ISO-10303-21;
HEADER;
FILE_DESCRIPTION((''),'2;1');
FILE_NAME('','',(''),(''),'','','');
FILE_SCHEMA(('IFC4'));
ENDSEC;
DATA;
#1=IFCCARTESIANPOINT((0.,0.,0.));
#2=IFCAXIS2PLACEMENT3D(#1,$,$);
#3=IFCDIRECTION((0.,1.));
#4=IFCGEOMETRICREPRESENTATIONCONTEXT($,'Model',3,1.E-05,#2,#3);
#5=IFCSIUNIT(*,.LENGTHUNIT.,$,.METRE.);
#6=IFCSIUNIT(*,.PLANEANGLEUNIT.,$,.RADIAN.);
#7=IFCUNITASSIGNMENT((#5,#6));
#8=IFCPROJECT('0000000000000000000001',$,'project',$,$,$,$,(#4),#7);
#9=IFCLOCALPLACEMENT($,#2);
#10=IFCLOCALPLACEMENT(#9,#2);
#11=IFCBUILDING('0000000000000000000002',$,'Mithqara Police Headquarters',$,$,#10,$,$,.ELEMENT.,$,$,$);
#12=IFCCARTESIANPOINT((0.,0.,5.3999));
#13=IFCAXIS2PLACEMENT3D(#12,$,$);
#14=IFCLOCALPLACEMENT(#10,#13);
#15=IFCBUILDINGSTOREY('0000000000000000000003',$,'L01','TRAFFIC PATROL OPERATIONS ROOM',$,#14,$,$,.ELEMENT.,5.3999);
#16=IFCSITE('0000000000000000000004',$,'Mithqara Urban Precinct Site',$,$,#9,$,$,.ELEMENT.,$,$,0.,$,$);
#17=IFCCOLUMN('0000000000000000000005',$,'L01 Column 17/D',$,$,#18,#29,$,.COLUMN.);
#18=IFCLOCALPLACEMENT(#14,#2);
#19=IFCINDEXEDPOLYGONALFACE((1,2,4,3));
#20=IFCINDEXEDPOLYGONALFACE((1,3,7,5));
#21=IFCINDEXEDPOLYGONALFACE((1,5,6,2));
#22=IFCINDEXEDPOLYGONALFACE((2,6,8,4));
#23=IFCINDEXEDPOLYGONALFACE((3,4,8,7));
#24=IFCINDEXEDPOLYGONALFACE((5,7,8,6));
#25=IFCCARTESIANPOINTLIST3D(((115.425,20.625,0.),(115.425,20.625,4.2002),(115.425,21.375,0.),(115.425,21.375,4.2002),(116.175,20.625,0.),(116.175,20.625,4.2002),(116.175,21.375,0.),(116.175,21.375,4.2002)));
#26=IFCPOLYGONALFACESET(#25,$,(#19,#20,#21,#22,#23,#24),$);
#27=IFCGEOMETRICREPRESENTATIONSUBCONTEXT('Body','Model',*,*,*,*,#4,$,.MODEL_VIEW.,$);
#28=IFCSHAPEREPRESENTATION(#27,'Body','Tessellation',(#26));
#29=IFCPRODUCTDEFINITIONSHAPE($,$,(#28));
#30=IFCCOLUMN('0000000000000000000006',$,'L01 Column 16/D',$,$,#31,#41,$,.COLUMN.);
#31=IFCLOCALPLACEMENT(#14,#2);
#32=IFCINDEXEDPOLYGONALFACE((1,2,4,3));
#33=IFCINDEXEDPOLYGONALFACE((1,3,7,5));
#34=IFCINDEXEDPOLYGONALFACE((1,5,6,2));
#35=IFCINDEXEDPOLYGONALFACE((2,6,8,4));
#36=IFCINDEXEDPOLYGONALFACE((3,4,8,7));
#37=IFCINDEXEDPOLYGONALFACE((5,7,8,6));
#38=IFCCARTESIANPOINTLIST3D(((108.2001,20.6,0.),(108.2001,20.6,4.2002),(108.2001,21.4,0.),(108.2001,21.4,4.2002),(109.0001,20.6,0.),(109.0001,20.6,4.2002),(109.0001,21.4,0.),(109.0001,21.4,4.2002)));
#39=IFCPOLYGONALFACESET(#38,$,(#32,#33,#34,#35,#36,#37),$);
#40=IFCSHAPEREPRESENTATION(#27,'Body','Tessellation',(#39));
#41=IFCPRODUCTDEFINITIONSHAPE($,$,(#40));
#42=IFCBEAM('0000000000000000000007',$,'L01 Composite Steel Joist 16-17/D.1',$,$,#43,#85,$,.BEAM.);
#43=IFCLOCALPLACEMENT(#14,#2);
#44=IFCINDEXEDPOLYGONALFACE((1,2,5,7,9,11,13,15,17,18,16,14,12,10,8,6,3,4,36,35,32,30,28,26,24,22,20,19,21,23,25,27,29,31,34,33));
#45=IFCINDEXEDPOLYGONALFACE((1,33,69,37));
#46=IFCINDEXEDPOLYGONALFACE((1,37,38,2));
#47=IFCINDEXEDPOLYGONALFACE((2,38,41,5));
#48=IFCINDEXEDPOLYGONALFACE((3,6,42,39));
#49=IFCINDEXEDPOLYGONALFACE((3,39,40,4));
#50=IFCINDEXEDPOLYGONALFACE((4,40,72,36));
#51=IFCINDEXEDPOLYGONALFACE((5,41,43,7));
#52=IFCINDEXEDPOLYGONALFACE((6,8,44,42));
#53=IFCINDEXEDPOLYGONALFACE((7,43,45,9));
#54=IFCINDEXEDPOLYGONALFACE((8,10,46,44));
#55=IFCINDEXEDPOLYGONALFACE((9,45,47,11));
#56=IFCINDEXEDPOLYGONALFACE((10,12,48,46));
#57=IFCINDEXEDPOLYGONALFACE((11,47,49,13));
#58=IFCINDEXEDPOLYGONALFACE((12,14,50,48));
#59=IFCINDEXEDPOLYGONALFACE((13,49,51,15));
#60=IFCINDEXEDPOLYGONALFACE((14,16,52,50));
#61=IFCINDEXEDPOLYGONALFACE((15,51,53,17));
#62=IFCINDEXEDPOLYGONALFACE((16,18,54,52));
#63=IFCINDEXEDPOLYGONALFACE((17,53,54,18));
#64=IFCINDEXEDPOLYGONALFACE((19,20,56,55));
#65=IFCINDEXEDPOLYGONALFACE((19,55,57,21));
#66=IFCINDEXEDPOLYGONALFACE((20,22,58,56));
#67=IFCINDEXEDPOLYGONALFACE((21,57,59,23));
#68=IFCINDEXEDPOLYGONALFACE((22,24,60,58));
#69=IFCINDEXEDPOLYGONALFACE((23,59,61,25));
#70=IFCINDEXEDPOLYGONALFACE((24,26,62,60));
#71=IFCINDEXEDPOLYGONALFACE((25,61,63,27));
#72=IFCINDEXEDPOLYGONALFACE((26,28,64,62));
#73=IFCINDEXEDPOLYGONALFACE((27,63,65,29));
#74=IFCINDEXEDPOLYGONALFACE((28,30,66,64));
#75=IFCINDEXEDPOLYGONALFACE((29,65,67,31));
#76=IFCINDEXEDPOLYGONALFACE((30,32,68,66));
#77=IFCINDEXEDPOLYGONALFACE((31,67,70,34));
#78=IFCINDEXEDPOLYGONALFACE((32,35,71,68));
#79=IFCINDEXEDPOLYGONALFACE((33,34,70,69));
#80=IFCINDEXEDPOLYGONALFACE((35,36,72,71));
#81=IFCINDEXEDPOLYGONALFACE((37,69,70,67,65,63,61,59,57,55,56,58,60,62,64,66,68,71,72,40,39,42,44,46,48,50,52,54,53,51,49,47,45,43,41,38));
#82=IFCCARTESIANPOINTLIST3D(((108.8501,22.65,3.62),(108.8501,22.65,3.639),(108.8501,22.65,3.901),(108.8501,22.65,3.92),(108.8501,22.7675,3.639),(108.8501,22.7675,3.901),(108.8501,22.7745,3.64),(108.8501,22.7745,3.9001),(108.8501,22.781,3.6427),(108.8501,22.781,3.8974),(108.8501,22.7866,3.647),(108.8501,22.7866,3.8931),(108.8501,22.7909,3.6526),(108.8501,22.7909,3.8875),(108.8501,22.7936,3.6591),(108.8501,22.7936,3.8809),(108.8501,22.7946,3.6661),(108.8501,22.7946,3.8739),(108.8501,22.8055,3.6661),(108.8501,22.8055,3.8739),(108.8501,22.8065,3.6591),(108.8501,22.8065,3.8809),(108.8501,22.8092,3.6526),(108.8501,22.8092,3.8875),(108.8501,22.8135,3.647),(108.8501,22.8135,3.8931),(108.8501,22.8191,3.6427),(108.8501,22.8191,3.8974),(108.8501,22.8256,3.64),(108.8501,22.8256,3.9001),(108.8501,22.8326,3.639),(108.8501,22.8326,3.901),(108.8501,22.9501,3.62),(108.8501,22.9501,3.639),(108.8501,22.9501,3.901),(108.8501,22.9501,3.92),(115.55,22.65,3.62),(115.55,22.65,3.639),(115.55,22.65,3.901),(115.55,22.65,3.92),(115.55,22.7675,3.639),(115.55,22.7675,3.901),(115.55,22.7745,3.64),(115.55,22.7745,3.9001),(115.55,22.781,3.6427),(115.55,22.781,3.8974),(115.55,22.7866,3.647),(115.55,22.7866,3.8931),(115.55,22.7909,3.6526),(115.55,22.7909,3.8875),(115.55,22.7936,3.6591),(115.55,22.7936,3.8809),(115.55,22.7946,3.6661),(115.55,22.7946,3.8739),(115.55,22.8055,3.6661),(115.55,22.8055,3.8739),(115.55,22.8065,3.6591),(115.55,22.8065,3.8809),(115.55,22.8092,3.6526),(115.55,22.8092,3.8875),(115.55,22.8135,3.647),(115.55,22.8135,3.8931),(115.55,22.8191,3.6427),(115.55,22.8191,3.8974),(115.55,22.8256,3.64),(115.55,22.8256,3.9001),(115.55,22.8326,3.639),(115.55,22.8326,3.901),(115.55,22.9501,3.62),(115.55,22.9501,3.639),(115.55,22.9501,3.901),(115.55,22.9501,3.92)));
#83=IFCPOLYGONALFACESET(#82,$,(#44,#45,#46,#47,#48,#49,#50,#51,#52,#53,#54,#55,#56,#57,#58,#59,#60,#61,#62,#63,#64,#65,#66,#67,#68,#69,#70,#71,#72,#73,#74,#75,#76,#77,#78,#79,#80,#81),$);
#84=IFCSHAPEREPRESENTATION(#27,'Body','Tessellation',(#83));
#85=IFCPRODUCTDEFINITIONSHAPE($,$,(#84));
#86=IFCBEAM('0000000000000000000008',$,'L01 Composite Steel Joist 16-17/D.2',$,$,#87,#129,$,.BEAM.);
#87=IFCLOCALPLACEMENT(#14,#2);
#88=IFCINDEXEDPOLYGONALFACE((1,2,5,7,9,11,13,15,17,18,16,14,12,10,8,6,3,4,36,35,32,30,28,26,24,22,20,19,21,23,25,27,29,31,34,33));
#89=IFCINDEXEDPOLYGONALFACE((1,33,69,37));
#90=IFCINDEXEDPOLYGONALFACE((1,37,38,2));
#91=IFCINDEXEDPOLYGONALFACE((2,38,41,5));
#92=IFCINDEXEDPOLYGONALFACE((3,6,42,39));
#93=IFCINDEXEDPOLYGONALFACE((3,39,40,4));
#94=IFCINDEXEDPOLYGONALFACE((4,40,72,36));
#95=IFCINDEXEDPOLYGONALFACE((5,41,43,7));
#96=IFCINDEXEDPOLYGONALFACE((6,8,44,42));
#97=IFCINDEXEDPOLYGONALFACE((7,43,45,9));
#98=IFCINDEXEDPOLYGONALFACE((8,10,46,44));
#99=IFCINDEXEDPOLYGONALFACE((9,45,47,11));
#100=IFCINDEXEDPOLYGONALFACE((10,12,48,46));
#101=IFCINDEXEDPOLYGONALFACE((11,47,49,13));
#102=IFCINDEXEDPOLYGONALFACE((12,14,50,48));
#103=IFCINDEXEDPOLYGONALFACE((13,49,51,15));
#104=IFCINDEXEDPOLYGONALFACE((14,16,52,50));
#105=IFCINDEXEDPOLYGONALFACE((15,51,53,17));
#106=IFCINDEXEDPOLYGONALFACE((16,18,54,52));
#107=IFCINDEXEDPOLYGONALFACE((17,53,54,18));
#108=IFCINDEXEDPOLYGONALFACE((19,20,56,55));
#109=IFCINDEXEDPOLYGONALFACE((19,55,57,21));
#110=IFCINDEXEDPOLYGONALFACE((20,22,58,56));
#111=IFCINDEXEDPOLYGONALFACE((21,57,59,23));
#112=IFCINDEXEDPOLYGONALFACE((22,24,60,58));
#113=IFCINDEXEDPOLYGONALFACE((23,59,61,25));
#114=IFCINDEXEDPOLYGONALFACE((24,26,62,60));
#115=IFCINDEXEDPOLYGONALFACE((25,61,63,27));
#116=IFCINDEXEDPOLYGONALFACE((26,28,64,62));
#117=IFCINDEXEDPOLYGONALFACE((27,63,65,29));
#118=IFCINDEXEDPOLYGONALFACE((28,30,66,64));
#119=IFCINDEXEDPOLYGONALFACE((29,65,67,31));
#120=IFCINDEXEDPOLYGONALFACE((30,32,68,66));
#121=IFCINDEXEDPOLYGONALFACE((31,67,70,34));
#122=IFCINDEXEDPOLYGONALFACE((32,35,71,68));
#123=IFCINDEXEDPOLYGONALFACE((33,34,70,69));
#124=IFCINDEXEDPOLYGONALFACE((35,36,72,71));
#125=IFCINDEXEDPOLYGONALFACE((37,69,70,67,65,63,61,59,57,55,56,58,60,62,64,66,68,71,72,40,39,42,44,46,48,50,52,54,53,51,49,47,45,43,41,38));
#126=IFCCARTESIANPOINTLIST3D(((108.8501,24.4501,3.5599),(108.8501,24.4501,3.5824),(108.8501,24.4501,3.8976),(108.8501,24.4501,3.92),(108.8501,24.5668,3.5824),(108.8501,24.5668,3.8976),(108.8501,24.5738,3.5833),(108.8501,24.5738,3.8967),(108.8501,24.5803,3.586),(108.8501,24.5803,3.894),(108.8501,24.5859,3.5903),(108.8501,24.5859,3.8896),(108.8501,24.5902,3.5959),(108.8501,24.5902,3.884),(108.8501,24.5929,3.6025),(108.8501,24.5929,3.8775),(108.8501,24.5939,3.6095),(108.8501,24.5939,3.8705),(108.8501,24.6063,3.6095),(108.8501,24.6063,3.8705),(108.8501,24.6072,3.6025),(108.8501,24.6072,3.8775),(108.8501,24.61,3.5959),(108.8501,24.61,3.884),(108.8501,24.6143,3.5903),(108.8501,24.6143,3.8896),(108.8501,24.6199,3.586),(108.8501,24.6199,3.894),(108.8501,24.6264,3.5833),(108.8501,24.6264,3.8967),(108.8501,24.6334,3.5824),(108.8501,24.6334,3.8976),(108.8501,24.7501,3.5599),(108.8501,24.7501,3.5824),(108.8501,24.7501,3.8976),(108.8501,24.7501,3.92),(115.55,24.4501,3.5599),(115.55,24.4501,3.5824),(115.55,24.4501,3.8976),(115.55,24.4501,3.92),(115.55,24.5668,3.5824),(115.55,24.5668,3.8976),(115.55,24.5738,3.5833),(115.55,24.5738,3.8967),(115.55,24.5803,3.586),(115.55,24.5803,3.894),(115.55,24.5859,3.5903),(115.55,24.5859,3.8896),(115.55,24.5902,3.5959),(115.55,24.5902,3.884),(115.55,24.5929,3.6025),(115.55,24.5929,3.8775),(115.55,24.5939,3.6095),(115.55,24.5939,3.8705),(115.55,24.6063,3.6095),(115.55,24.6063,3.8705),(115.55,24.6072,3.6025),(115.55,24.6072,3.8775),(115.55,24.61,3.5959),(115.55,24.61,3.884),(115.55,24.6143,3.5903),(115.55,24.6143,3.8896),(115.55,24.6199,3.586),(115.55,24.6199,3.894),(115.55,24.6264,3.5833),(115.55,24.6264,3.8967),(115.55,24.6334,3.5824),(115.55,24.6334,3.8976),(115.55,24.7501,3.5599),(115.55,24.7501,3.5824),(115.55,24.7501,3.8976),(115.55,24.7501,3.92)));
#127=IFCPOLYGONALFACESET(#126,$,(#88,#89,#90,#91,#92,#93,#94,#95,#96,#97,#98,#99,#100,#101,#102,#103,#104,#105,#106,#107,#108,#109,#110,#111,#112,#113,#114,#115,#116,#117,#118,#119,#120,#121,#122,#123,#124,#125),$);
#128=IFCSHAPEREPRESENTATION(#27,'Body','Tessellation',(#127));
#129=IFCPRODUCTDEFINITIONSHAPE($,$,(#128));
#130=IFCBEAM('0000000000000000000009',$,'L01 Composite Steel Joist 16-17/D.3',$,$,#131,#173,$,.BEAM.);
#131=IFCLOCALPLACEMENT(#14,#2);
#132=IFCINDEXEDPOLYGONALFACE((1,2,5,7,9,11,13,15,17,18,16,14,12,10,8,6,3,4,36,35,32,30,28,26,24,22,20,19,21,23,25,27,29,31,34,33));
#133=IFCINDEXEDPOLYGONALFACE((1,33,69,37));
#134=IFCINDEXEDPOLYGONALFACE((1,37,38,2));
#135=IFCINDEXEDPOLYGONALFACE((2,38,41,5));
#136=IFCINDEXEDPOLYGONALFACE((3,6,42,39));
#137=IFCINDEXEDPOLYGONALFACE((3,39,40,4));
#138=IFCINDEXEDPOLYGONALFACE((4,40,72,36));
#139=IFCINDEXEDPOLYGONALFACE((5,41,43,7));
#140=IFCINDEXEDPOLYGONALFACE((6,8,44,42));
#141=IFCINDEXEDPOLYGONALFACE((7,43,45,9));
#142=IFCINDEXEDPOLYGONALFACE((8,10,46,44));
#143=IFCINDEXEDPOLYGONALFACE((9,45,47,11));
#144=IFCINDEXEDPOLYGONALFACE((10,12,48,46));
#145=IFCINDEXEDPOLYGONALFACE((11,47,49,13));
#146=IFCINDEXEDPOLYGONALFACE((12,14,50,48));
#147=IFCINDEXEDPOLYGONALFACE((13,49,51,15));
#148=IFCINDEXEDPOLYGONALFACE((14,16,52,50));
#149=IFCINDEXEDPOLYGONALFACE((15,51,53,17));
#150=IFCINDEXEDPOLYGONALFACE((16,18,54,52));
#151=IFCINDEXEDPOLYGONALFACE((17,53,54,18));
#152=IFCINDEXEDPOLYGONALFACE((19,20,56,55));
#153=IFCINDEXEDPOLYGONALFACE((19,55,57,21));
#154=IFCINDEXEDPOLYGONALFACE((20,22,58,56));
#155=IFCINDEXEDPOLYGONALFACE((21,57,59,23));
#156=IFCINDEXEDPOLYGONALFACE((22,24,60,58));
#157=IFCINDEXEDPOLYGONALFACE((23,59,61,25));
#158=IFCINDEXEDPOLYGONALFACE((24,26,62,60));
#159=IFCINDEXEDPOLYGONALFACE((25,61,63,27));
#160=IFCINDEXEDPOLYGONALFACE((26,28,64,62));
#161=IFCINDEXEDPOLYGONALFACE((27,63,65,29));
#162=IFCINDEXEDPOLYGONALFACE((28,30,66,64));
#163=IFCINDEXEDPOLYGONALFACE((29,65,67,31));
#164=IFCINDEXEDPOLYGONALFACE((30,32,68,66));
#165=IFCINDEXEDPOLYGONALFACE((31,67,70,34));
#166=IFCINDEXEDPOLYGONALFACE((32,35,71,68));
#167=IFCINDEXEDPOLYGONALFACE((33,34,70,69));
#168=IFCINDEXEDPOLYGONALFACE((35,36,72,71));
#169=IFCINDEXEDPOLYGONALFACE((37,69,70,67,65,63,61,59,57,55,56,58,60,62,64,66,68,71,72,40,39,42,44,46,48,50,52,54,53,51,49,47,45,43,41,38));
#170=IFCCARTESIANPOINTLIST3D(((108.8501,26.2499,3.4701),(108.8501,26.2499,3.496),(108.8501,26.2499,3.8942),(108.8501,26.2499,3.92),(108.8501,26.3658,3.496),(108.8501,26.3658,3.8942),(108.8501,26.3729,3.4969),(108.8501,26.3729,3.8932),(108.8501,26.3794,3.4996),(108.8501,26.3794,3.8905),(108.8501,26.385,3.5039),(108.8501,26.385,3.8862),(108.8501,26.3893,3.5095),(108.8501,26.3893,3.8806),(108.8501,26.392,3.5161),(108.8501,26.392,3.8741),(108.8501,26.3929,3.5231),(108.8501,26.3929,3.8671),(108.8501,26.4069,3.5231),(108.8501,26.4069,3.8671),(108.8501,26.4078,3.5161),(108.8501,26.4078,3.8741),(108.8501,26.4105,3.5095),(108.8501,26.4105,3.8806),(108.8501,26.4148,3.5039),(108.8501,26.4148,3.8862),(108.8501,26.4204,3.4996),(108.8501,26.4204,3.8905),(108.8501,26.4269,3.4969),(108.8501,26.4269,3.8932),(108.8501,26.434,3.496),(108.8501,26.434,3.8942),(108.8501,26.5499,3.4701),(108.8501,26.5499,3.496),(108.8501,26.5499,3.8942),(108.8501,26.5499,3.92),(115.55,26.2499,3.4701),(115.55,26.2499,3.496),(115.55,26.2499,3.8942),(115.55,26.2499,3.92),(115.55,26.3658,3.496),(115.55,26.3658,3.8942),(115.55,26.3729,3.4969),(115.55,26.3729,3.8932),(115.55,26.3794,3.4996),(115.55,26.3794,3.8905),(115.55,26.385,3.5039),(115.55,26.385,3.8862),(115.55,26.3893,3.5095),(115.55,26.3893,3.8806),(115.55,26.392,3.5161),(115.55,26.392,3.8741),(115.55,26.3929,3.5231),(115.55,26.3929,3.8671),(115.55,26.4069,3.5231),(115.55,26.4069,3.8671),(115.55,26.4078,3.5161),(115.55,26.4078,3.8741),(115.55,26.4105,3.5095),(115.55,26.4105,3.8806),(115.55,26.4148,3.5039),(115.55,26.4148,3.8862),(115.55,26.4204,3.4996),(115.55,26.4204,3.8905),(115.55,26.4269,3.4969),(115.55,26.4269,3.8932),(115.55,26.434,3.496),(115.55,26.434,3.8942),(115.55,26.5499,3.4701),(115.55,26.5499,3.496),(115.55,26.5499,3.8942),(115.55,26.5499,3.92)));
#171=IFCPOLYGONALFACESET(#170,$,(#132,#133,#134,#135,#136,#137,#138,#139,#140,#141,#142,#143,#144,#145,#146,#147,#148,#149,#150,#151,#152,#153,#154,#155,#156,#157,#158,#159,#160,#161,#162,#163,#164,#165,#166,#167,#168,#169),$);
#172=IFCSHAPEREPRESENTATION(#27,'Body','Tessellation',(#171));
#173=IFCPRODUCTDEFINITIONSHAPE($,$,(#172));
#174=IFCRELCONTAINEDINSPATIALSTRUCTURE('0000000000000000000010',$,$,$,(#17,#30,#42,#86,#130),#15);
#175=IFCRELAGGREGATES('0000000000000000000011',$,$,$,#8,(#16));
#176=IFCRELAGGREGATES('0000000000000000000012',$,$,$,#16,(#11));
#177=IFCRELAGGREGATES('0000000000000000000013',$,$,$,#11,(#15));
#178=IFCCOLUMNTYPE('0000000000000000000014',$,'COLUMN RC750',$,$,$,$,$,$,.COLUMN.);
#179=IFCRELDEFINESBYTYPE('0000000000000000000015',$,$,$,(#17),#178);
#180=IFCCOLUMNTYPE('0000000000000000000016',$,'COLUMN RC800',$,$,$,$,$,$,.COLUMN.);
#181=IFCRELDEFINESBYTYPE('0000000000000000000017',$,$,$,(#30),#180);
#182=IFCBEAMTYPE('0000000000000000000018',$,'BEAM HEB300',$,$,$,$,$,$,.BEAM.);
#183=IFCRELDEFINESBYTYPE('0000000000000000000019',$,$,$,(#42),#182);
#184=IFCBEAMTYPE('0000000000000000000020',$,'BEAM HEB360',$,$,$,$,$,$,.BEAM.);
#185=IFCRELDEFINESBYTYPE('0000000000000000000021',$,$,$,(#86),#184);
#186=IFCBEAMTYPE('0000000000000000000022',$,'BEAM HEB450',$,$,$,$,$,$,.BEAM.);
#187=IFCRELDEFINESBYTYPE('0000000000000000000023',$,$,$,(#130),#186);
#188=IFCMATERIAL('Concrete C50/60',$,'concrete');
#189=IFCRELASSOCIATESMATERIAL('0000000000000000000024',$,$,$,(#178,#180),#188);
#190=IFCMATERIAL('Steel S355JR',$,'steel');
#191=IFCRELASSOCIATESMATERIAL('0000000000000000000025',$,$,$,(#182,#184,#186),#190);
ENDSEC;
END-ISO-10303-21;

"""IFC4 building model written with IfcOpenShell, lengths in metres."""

from ifc_helpers import new_model, si_unit, direction, frame, origin, origin_2d, place, context, subcontext, project, spatial, rectangle, i_section, extrude, material, material_profile, profile_set, type_object, element, save


model = new_model("IFC4")

# Units and contexts
model_context = context("Model", 3, precision=1e-05, world=origin(), true_north=direction((0.0, 1.0)))
body_context = subcontext(model_context, "Body", "Model", "MODEL_VIEW")
ifc_project = project(units=[si_unit("LENGTHUNIT", "METRE"), si_unit("PLANEANGLEUNIT", "RADIAN")], contexts=[model_context])

# Site, building, storey
site_placement = place(None, origin())
site = spatial("IfcSite", under=ifc_project, at=site_placement, Name="Mithqara Urban Precinct Site", CompositionType="ELEMENT", RefElevation=0.0)
building_placement = place(site_placement, origin())
building = spatial("IfcBuilding", under=site, at=building_placement, Name="Mithqara Police Headquarters", CompositionType="ELEMENT")
storey_placement = place(building_placement, frame((0.0, 0.0, 5.3999)))
storey = spatial("IfcBuildingStorey", under=building, at=storey_placement, Name="L01", Description="TRAFFIC PATROL OPERATIONS ROOM", CompositionType="ELEMENT", Elevation=5.3999)

# Columns
ifc_material_1 = material(Name="Concrete C50/60", Category="concrete")
ifc_material_profile_1 = material_profile(ifc_material_1, rectangle(XDim=0.75, YDim=0.75, at=origin_2d()), Name="RC 750x750")
ifc_profile_set_1 = profile_set([ifc_material_profile_1], Name="Concrete C50/60")
column_type_1 = type_object("IfcColumnType", Name="COLUMN RC750", PredefinedType="COLUMN", material=ifc_profile_set_1)
column_1_placement = place(storey_placement, frame((115.8, 21.0, 0.0), z_axis=(0.0, 0.0, 1.0), x_axis=(1.0, 0.0, 0.0)))
element("IfcColumn", 1, at=column_1_placement, inside=storey, type_object=column_type_1, Name="L01 Column 17/D", PredefinedType="COLUMN", context=body_context, shape_type="SweptSolid", body=[
    extrude(rectangle(XDim=0.75, YDim=0.75, at=origin_2d()), origin(), (0.0, 0.0, 1.0), 4.2002),
])
ifc_material_profile_2 = material_profile(ifc_material_1, rectangle(XDim=0.8, YDim=0.8, at=origin_2d()), Name="RC 800x800")
ifc_profile_set_2 = profile_set([ifc_material_profile_2], Name="Concrete C50/60")
column_type_2 = type_object("IfcColumnType", Name="COLUMN RC800", PredefinedType="COLUMN", material=ifc_profile_set_2)
column_2_placement = place(storey_placement, frame((108.6001, 21.0, 0.0), z_axis=(0.0, 0.0, 1.0), x_axis=(1.0, 0.0, 0.0)))
element("IfcColumn", 2, at=column_2_placement, inside=storey, type_object=column_type_2, Name="L01 Column 16/D", PredefinedType="COLUMN", context=body_context, shape_type="SweptSolid", body=[
    extrude(rectangle(XDim=0.8, YDim=0.8, at=origin_2d()), origin(), (0.0, 0.0, 1.0), 4.2002),
])

# Beams
ifc_material_2 = material(Name="Steel S355JR", Category="steel")
ifc_material_profile_3 = material_profile(ifc_material_2, i_section(OverallWidth=0.3, OverallDepth=0.3, WebThickness=0.011, FlangeThickness=0.019, FilletRadius=0.0271, at=origin_2d()), Name="HEB 300")
ifc_profile_set_3 = profile_set([ifc_material_profile_3], Name="Steel S355JR")
beam_type_1 = type_object("IfcBeamType", Name="BEAM HEB300", PredefinedType="BEAM", material=ifc_profile_set_3)
beam_1_placement = place(storey_placement, frame((108.8501, 22.8, 3.77), z_axis=(1.0, 0.0, 0.0), x_axis=(0.0, 1.0, 0.0)))
element("IfcBeam", 3, at=beam_1_placement, inside=storey, type_object=beam_type_1, Name="L01 Composite Steel Joist 16-17/D.1", PredefinedType="BEAM", context=body_context, shape_type="SweptSolid", body=[
    extrude(i_section(OverallWidth=0.3, OverallDepth=0.3, WebThickness=0.011, FlangeThickness=0.019, FilletRadius=0.0271, at=origin_2d()), origin(), (0.0, 0.0, 1.0), 6.7),
])
ifc_material_profile_4 = material_profile(ifc_material_2, i_section(OverallWidth=0.3, OverallDepth=0.3601, WebThickness=0.0125, FlangeThickness=0.0225, FilletRadius=0.0271, at=origin_2d()), Name="HEB 360")
ifc_profile_set_4 = profile_set([ifc_material_profile_4], Name="Steel S355JR")
beam_type_2 = type_object("IfcBeamType", Name="BEAM HEB360", PredefinedType="BEAM", material=ifc_profile_set_4)
beam_2_placement = place(storey_placement, frame((108.8501, 24.6001, 3.74), z_axis=(1.0, 0.0, 0.0), x_axis=(0.0, 1.0, 0.0)))
element("IfcBeam", 4, at=beam_2_placement, inside=storey, type_object=beam_type_2, Name="L01 Composite Steel Joist 16-17/D.2", PredefinedType="BEAM", context=body_context, shape_type="SweptSolid", body=[
    extrude(i_section(OverallWidth=0.3, OverallDepth=0.3601, WebThickness=0.0125, FlangeThickness=0.0225, FilletRadius=0.0271, at=origin_2d()), origin(), (0.0, 0.0, 1.0), 6.7),
])
ifc_material_profile_5 = material_profile(ifc_material_2, i_section(OverallWidth=0.3, OverallDepth=0.45, WebThickness=0.0139, FlangeThickness=0.0259, FilletRadius=0.0271, at=origin_2d()), Name="HEB 450")
ifc_profile_set_5 = profile_set([ifc_material_profile_5], Name="Steel S355JR")
beam_type_3 = type_object("IfcBeamType", Name="BEAM HEB450", PredefinedType="BEAM", material=ifc_profile_set_5)
beam_3_placement = place(storey_placement, frame((108.8501, 26.3999, 3.6951), z_axis=(1.0, 0.0, 0.0), x_axis=(0.0, 1.0, 0.0)))
element("IfcBeam", 5, at=beam_3_placement, inside=storey, type_object=beam_type_3, Name="L01 Composite Steel Joist 16-17/D.3", PredefinedType="BEAM", context=body_context, shape_type="SweptSolid", body=[
    extrude(i_section(OverallWidth=0.3, OverallDepth=0.45, WebThickness=0.0139, FlangeThickness=0.0259, FilletRadius=0.0271, at=origin_2d()), origin(), (0.0, 0.0, 1.0), 6.7),
])

save(model, "model.ifc")
